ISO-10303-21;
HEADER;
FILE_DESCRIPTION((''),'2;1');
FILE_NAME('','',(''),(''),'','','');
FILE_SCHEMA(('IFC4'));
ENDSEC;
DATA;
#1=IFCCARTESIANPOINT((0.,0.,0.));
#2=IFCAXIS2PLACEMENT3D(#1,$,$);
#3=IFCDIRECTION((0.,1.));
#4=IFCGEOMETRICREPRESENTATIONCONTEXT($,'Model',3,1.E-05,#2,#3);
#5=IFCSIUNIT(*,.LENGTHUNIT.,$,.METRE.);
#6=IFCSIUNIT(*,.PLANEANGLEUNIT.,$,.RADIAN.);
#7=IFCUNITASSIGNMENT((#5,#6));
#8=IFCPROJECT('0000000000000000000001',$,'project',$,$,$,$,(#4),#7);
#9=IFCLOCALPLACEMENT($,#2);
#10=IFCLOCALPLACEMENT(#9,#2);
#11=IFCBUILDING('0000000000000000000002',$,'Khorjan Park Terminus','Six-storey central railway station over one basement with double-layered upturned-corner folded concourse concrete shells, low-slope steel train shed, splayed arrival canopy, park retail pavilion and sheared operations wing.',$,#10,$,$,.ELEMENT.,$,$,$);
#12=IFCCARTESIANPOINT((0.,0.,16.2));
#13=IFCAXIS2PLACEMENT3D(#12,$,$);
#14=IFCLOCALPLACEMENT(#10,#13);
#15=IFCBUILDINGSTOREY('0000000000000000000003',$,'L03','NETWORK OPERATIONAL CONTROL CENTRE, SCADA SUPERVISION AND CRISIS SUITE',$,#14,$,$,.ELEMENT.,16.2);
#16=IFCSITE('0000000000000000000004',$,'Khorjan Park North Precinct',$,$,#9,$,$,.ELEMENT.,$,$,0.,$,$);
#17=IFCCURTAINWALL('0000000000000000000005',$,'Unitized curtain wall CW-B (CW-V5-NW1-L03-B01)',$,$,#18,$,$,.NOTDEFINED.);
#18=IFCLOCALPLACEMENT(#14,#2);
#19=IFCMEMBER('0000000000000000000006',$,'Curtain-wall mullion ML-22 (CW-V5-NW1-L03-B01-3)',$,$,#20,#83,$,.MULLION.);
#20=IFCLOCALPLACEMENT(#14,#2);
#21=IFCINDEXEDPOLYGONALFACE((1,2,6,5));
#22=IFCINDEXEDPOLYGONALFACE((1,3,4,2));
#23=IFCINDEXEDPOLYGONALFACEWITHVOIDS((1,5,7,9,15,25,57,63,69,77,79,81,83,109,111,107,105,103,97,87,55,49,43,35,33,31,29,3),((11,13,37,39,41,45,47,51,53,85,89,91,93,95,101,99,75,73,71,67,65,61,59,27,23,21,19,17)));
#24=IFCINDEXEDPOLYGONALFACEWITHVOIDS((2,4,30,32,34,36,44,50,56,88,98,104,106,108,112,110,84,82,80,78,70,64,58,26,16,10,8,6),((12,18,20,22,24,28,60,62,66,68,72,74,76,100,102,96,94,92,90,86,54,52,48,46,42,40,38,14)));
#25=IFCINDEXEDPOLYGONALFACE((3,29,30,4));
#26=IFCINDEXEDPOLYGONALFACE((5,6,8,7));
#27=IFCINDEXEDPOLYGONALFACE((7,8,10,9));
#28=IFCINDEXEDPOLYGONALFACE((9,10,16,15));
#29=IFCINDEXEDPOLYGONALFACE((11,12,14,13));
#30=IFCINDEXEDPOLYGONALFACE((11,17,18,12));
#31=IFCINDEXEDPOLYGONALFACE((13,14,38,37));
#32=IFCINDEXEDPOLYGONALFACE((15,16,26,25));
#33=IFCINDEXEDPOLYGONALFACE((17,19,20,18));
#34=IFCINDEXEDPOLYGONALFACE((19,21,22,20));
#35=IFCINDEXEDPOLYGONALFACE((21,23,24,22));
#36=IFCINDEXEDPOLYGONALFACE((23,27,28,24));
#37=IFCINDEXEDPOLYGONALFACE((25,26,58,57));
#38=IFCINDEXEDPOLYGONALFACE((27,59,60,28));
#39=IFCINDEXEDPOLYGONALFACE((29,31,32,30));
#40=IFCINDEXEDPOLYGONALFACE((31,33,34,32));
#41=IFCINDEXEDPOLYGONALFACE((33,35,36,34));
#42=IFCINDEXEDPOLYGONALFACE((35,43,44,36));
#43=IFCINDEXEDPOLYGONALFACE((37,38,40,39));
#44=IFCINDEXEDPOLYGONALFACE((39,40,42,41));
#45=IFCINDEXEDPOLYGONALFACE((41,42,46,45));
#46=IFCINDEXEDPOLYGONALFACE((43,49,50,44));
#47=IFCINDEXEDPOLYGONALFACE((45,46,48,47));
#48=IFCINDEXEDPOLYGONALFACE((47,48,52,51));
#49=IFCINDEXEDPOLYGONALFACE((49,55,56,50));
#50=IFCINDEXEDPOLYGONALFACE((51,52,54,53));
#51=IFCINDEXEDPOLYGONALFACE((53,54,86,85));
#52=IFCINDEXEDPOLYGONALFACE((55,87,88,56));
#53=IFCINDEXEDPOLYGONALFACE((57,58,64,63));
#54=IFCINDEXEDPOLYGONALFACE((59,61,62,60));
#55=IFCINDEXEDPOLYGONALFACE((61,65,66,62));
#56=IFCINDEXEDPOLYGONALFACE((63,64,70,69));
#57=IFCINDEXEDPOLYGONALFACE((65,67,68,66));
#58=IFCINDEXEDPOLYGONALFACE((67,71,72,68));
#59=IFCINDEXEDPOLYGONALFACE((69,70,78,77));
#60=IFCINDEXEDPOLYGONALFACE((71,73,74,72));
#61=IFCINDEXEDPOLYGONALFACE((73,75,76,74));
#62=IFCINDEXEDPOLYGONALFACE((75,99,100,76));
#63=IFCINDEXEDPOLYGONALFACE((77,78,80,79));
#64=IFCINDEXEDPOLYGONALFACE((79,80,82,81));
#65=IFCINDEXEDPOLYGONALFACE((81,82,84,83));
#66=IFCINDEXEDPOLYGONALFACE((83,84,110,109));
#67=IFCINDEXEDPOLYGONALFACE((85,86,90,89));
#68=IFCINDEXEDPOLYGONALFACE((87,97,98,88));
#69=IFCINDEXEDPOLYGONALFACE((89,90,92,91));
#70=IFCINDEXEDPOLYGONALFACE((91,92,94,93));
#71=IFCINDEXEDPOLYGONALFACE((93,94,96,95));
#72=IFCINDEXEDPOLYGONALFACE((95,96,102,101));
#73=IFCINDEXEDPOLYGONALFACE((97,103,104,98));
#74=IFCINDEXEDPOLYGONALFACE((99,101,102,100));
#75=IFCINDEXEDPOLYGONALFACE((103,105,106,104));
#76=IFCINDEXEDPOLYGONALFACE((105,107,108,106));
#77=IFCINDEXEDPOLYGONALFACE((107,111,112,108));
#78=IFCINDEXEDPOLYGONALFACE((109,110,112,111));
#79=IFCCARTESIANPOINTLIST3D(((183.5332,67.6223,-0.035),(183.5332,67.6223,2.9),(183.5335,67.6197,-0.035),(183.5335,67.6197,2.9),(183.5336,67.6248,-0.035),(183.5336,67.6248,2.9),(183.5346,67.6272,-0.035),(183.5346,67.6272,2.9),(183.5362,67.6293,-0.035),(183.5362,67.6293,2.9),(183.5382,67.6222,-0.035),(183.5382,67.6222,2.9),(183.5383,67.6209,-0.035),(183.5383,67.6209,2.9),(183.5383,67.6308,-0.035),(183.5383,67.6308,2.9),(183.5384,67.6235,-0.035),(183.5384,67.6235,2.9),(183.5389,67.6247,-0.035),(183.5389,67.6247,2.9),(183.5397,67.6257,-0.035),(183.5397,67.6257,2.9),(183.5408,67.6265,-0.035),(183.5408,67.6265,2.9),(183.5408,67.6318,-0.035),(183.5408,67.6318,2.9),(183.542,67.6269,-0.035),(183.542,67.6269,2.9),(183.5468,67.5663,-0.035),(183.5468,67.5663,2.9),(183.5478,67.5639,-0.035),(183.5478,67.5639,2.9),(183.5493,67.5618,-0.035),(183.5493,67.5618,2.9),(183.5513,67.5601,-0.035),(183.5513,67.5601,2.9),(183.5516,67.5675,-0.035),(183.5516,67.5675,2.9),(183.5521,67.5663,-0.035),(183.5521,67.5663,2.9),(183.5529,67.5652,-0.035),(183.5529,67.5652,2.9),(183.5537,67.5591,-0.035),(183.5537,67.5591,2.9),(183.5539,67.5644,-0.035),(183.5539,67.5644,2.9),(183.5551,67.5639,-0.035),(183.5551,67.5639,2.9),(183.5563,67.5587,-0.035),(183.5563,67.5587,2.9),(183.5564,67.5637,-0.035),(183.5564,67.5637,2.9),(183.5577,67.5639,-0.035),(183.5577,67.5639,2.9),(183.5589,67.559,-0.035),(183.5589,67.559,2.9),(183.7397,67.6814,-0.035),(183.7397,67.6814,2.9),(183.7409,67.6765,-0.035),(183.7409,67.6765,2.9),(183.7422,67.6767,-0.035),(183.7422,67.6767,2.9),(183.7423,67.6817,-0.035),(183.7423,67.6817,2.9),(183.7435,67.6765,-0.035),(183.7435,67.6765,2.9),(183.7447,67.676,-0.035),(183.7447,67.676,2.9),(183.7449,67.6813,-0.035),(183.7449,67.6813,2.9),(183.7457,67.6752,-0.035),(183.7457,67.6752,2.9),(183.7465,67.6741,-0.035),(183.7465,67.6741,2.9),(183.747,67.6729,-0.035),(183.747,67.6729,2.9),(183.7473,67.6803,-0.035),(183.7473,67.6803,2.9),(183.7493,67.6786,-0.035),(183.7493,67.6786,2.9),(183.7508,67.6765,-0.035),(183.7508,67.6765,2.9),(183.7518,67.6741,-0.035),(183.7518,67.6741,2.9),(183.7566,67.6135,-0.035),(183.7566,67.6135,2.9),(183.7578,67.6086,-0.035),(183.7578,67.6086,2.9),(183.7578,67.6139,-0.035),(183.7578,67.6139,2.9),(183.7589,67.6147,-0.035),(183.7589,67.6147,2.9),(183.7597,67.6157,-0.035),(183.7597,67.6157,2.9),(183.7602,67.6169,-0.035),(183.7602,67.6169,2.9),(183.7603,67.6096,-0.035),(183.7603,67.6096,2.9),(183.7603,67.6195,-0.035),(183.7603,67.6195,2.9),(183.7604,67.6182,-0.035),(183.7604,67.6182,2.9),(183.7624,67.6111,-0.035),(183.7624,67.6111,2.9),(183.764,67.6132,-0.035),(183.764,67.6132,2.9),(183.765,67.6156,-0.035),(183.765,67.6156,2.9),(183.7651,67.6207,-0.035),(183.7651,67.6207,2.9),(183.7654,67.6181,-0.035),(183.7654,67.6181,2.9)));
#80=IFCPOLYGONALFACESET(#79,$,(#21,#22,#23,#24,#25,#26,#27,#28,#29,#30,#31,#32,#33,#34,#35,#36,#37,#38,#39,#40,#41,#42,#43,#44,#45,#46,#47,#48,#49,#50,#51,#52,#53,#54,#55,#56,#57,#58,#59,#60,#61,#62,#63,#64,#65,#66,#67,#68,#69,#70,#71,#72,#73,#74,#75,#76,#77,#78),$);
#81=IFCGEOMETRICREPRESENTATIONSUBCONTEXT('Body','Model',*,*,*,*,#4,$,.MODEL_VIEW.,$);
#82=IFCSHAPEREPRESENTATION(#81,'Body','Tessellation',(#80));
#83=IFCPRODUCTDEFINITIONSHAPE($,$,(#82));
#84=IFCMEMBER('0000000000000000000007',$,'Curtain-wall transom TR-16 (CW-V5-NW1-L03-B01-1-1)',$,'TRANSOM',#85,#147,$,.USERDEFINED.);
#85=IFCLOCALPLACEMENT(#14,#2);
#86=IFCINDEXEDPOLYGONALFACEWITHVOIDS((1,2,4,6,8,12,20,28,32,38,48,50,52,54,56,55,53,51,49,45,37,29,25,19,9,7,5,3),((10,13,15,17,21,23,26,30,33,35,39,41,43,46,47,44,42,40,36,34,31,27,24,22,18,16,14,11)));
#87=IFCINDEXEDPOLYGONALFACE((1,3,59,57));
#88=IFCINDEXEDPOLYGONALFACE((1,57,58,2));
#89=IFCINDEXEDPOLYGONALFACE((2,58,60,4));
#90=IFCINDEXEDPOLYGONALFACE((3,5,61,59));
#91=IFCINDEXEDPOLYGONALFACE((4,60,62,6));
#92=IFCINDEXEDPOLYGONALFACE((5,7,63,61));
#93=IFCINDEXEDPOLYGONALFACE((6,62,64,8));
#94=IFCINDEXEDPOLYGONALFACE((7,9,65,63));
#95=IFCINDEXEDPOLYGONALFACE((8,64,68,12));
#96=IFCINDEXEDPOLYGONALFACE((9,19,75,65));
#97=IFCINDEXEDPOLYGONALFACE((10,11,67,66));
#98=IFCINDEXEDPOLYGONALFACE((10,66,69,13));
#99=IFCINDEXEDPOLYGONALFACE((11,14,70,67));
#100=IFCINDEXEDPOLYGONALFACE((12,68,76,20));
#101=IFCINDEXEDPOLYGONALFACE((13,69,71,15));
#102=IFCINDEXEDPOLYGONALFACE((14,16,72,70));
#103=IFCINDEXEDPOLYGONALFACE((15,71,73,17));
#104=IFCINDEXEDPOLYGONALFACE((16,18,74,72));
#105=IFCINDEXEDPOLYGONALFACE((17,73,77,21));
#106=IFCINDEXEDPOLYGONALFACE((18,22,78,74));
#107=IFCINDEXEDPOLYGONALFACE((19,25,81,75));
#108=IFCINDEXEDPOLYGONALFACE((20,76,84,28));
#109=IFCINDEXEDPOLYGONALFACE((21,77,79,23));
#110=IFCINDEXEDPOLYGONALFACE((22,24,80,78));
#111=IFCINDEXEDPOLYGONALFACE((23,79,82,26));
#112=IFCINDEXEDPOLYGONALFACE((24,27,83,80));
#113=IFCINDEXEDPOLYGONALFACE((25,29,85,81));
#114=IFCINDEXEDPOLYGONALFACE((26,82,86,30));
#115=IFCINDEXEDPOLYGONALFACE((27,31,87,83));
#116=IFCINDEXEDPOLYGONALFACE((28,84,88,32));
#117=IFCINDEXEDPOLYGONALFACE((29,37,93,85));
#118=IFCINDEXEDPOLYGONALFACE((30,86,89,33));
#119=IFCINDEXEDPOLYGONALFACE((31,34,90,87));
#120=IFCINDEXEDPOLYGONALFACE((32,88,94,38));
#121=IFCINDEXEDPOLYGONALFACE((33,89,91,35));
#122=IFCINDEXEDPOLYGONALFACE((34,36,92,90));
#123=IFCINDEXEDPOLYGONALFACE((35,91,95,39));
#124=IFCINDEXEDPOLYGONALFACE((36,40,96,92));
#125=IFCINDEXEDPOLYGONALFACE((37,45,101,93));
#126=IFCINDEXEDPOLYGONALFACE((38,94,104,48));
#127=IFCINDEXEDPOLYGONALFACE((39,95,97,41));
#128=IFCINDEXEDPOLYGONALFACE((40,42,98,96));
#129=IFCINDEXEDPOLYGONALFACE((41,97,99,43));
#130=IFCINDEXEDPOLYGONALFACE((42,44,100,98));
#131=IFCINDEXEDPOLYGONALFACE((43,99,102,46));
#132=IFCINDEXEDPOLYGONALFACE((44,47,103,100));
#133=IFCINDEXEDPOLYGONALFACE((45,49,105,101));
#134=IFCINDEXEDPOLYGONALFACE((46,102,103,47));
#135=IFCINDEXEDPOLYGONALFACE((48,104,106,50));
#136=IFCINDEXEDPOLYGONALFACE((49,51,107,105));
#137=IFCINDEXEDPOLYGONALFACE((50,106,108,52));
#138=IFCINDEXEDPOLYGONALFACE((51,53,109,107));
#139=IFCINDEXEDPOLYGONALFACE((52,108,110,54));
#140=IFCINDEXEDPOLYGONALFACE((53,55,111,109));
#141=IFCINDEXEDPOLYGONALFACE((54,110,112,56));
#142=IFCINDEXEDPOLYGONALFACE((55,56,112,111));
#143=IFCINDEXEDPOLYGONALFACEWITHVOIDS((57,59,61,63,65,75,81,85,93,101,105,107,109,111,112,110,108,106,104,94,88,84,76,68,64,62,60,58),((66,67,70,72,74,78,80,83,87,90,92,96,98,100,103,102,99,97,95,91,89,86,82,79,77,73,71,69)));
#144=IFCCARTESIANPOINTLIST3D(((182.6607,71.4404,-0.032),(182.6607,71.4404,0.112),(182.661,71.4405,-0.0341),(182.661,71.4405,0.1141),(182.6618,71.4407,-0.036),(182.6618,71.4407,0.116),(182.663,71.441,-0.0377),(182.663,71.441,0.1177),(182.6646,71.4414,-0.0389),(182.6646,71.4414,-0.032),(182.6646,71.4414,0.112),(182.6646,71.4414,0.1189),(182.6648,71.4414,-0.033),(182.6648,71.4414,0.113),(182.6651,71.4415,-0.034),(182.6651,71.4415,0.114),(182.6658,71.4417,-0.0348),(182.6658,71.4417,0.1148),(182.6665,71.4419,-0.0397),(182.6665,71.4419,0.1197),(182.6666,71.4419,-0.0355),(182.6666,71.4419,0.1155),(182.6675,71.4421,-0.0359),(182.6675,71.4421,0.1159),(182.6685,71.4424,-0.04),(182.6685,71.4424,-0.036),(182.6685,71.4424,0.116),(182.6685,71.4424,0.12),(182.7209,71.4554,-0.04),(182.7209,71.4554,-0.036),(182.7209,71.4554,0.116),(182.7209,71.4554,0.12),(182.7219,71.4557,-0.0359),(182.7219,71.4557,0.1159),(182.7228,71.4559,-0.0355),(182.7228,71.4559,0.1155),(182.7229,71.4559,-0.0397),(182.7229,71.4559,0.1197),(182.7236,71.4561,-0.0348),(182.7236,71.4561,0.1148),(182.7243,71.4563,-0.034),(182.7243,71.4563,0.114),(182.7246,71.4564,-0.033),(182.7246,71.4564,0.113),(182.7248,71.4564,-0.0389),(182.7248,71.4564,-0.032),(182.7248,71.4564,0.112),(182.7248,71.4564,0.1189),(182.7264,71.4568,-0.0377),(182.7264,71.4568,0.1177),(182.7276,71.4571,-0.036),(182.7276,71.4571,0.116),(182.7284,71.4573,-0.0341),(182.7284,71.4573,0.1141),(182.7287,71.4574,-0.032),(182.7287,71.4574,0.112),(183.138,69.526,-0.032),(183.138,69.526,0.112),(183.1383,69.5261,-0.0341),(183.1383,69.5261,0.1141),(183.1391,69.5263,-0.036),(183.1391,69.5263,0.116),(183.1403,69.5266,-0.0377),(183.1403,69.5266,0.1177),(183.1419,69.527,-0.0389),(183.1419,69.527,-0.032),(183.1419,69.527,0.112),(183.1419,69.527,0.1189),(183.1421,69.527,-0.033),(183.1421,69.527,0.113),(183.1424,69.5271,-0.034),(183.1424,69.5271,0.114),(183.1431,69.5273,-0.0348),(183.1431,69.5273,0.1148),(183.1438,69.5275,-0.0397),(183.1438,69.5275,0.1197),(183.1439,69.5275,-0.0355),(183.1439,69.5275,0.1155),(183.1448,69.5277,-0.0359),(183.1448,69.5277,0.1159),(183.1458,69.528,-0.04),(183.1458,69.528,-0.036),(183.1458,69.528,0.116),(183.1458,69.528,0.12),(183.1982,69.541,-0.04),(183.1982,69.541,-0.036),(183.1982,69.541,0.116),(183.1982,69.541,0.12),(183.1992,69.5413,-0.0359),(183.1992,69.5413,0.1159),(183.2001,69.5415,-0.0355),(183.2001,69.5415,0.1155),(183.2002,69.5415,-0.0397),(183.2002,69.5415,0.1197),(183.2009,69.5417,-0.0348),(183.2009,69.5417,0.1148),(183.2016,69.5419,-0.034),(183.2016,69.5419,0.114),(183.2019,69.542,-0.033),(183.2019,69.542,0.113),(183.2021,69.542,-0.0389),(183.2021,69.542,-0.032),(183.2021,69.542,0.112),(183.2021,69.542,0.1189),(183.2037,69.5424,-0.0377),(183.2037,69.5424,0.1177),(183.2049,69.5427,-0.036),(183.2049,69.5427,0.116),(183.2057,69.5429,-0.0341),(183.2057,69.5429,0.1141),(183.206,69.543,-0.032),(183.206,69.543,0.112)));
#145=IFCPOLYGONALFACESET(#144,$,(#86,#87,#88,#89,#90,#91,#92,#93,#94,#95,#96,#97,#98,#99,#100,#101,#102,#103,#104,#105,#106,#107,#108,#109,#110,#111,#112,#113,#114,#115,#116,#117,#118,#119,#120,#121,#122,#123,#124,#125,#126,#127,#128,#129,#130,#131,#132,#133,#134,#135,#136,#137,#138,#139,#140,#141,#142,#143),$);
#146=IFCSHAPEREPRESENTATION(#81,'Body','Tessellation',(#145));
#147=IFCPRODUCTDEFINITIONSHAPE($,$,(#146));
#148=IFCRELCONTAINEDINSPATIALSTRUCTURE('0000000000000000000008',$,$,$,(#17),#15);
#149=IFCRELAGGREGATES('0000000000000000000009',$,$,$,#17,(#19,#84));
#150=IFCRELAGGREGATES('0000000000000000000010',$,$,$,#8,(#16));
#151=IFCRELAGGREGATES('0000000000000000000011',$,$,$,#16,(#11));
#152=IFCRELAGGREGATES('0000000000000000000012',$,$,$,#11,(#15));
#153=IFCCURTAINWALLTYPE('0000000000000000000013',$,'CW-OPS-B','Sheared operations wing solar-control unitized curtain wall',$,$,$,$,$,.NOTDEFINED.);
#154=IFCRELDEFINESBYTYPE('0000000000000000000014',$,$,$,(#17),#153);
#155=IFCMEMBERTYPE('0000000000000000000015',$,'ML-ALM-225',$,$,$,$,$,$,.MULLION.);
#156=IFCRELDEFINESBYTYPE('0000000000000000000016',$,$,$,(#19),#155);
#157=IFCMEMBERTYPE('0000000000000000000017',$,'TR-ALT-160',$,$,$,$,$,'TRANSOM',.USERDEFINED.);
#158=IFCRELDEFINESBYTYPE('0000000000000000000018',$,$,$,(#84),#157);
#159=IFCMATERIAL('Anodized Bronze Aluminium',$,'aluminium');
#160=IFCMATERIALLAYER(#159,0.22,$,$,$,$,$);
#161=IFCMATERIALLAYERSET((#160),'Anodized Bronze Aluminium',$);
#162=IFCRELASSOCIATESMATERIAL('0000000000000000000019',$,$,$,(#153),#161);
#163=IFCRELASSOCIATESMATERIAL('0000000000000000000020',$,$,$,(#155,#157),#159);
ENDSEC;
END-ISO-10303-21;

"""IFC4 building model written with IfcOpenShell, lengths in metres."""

from ifc_helpers import new_model, si_unit, direction, frame, origin, origin_2d, place, context, subcontext, project, spatial, hollow_rectangle, extrude, material, layer, layer_set, material_profile, profile_set, type_object, element, aggregate, save


model = new_model("IFC4")

# Units and contexts
model_context = context("Model", 3, precision=1e-05, world=origin(), true_north=direction((0.0, 1.0)))
body_context = subcontext(model_context, "Body", "Model", "MODEL_VIEW")
ifc_project = project(units=[si_unit("LENGTHUNIT", "METRE"), si_unit("PLANEANGLEUNIT", "RADIAN")], contexts=[model_context])

# Site, building, storey
site_placement = place(None, origin())
site = spatial("IfcSite", under=ifc_project, at=site_placement, Name="Khorjan Park North Precinct", CompositionType="ELEMENT", RefElevation=0.0)
building_placement = place(site_placement, origin())
building = spatial("IfcBuilding", under=site, at=building_placement, Name="Khorjan Park Terminus", Description="Six-storey central railway station over one basement with double-layered upturned-corner folded concourse concrete shells, low-slope steel train shed, splayed arrival canopy, park retail pavilion and sheared operations wing.", CompositionType="ELEMENT")
storey_placement = place(building_placement, frame((0.0, 0.0, 16.2)))
storey = spatial("IfcBuildingStorey", under=building, at=storey_placement, Name="L03", Description="NETWORK OPERATIONAL CONTROL CENTRE, SCADA SUPERVISION AND CRISIS SUITE", CompositionType="ELEMENT", Elevation=16.2)

# Shared definitions
ifc_material_1 = material(Name="Anodized Bronze Aluminium", Category="aluminium")
ifc_layer_1 = layer(ifc_material_1, 0.22)
ifc_layer_set_1 = layer_set([ifc_layer_1], Name="Anodized Bronze Aluminium")
curtain_wall_type = type_object("IfcCurtainWallType", Name="CW-OPS-B", Description="Sheared operations wing solar-control unitized curtain wall", PredefinedType="NOTDEFINED", material=ifc_layer_set_1)
ifc_material_profile_1 = material_profile(ifc_material_1, hollow_rectangle(XDim=0.075, YDim=0.225, WallThickness=0.005, InnerFilletRadius=0.005, OuterFilletRadius=0.01, at=origin_2d()), Name="ALM 75x225x5")
ifc_profile_set_1 = profile_set([ifc_material_profile_1], Name="Anodized Bronze Aluminium")
member_type_1 = type_object("IfcMemberType", Name="ML-ALM-225", PredefinedType="MULLION", material=ifc_profile_set_1)

# Curtain wall, members
curtain_wall_1_placement = place(storey_placement, origin())
curtain_wall_1 = element("IfcCurtainWall", 1, at=curtain_wall_1_placement, inside=storey, type_object=curtain_wall_type, Name="Unitized curtain wall CW-B (CW-V5-NW1-L03-B01)", PredefinedType="NOTDEFINED")
member_1_placement = place(storey_placement, frame((183.6493, 67.6202, -0.035), z_axis=(0.0, 0.0, 1.0), x_axis=(0.241923, -0.970296, 0.0)))
member_1 = element("IfcMember", 2, at=member_1_placement, type_object=member_type_1, Name="Curtain-wall mullion ML-22 (CW-V5-NW1-L03-B01-3)", PredefinedType="MULLION", context=body_context, shape_type="SweptSolid", body=[
    extrude(hollow_rectangle(XDim=0.075, YDim=0.225, WallThickness=0.005, InnerFilletRadius=0.005, OuterFilletRadius=0.01, at=origin_2d()), origin(), (0.0, 0.0, 1.0), 2.935),
])
ifc_material_profile_2 = material_profile(ifc_material_1, hollow_rectangle(XDim=0.07, YDim=0.16, WallThickness=0.004, InnerFilletRadius=0.004, OuterFilletRadius=0.008, at=origin_2d()), Name="ALT 70x160x4")
ifc_profile_set_2 = profile_set([ifc_material_profile_2], Name="Anodized Bronze Aluminium")
member_type_2 = type_object("IfcMemberType", Name="TR-ALT-160", ElementType="TRANSOM", PredefinedType="USERDEFINED", material=ifc_profile_set_2)
member_2_placement = place(storey_placement, frame((182.6947, 71.4489, 0.04), z_axis=(0.241915, -0.970297, 0.0), x_axis=(0.970297, 0.241915, 0.0)))
member_2 = element("IfcMember", 3, at=member_2_placement, type_object=member_type_2, Name="Curtain-wall transom TR-16 (CW-V5-NW1-L03-B01-1-1)", ObjectType="TRANSOM", PredefinedType="USERDEFINED", context=body_context, shape_type="SweptSolid", body=[
    extrude(hollow_rectangle(XDim=0.07, YDim=0.16, WallThickness=0.004, InnerFilletRadius=0.004, OuterFilletRadius=0.008, at=origin_2d()), origin(), (0.0, 0.0, 1.0), 1.973),
])

aggregate(curtain_wall_1, [member_1, member_2])

save(model, "model.ifc")
